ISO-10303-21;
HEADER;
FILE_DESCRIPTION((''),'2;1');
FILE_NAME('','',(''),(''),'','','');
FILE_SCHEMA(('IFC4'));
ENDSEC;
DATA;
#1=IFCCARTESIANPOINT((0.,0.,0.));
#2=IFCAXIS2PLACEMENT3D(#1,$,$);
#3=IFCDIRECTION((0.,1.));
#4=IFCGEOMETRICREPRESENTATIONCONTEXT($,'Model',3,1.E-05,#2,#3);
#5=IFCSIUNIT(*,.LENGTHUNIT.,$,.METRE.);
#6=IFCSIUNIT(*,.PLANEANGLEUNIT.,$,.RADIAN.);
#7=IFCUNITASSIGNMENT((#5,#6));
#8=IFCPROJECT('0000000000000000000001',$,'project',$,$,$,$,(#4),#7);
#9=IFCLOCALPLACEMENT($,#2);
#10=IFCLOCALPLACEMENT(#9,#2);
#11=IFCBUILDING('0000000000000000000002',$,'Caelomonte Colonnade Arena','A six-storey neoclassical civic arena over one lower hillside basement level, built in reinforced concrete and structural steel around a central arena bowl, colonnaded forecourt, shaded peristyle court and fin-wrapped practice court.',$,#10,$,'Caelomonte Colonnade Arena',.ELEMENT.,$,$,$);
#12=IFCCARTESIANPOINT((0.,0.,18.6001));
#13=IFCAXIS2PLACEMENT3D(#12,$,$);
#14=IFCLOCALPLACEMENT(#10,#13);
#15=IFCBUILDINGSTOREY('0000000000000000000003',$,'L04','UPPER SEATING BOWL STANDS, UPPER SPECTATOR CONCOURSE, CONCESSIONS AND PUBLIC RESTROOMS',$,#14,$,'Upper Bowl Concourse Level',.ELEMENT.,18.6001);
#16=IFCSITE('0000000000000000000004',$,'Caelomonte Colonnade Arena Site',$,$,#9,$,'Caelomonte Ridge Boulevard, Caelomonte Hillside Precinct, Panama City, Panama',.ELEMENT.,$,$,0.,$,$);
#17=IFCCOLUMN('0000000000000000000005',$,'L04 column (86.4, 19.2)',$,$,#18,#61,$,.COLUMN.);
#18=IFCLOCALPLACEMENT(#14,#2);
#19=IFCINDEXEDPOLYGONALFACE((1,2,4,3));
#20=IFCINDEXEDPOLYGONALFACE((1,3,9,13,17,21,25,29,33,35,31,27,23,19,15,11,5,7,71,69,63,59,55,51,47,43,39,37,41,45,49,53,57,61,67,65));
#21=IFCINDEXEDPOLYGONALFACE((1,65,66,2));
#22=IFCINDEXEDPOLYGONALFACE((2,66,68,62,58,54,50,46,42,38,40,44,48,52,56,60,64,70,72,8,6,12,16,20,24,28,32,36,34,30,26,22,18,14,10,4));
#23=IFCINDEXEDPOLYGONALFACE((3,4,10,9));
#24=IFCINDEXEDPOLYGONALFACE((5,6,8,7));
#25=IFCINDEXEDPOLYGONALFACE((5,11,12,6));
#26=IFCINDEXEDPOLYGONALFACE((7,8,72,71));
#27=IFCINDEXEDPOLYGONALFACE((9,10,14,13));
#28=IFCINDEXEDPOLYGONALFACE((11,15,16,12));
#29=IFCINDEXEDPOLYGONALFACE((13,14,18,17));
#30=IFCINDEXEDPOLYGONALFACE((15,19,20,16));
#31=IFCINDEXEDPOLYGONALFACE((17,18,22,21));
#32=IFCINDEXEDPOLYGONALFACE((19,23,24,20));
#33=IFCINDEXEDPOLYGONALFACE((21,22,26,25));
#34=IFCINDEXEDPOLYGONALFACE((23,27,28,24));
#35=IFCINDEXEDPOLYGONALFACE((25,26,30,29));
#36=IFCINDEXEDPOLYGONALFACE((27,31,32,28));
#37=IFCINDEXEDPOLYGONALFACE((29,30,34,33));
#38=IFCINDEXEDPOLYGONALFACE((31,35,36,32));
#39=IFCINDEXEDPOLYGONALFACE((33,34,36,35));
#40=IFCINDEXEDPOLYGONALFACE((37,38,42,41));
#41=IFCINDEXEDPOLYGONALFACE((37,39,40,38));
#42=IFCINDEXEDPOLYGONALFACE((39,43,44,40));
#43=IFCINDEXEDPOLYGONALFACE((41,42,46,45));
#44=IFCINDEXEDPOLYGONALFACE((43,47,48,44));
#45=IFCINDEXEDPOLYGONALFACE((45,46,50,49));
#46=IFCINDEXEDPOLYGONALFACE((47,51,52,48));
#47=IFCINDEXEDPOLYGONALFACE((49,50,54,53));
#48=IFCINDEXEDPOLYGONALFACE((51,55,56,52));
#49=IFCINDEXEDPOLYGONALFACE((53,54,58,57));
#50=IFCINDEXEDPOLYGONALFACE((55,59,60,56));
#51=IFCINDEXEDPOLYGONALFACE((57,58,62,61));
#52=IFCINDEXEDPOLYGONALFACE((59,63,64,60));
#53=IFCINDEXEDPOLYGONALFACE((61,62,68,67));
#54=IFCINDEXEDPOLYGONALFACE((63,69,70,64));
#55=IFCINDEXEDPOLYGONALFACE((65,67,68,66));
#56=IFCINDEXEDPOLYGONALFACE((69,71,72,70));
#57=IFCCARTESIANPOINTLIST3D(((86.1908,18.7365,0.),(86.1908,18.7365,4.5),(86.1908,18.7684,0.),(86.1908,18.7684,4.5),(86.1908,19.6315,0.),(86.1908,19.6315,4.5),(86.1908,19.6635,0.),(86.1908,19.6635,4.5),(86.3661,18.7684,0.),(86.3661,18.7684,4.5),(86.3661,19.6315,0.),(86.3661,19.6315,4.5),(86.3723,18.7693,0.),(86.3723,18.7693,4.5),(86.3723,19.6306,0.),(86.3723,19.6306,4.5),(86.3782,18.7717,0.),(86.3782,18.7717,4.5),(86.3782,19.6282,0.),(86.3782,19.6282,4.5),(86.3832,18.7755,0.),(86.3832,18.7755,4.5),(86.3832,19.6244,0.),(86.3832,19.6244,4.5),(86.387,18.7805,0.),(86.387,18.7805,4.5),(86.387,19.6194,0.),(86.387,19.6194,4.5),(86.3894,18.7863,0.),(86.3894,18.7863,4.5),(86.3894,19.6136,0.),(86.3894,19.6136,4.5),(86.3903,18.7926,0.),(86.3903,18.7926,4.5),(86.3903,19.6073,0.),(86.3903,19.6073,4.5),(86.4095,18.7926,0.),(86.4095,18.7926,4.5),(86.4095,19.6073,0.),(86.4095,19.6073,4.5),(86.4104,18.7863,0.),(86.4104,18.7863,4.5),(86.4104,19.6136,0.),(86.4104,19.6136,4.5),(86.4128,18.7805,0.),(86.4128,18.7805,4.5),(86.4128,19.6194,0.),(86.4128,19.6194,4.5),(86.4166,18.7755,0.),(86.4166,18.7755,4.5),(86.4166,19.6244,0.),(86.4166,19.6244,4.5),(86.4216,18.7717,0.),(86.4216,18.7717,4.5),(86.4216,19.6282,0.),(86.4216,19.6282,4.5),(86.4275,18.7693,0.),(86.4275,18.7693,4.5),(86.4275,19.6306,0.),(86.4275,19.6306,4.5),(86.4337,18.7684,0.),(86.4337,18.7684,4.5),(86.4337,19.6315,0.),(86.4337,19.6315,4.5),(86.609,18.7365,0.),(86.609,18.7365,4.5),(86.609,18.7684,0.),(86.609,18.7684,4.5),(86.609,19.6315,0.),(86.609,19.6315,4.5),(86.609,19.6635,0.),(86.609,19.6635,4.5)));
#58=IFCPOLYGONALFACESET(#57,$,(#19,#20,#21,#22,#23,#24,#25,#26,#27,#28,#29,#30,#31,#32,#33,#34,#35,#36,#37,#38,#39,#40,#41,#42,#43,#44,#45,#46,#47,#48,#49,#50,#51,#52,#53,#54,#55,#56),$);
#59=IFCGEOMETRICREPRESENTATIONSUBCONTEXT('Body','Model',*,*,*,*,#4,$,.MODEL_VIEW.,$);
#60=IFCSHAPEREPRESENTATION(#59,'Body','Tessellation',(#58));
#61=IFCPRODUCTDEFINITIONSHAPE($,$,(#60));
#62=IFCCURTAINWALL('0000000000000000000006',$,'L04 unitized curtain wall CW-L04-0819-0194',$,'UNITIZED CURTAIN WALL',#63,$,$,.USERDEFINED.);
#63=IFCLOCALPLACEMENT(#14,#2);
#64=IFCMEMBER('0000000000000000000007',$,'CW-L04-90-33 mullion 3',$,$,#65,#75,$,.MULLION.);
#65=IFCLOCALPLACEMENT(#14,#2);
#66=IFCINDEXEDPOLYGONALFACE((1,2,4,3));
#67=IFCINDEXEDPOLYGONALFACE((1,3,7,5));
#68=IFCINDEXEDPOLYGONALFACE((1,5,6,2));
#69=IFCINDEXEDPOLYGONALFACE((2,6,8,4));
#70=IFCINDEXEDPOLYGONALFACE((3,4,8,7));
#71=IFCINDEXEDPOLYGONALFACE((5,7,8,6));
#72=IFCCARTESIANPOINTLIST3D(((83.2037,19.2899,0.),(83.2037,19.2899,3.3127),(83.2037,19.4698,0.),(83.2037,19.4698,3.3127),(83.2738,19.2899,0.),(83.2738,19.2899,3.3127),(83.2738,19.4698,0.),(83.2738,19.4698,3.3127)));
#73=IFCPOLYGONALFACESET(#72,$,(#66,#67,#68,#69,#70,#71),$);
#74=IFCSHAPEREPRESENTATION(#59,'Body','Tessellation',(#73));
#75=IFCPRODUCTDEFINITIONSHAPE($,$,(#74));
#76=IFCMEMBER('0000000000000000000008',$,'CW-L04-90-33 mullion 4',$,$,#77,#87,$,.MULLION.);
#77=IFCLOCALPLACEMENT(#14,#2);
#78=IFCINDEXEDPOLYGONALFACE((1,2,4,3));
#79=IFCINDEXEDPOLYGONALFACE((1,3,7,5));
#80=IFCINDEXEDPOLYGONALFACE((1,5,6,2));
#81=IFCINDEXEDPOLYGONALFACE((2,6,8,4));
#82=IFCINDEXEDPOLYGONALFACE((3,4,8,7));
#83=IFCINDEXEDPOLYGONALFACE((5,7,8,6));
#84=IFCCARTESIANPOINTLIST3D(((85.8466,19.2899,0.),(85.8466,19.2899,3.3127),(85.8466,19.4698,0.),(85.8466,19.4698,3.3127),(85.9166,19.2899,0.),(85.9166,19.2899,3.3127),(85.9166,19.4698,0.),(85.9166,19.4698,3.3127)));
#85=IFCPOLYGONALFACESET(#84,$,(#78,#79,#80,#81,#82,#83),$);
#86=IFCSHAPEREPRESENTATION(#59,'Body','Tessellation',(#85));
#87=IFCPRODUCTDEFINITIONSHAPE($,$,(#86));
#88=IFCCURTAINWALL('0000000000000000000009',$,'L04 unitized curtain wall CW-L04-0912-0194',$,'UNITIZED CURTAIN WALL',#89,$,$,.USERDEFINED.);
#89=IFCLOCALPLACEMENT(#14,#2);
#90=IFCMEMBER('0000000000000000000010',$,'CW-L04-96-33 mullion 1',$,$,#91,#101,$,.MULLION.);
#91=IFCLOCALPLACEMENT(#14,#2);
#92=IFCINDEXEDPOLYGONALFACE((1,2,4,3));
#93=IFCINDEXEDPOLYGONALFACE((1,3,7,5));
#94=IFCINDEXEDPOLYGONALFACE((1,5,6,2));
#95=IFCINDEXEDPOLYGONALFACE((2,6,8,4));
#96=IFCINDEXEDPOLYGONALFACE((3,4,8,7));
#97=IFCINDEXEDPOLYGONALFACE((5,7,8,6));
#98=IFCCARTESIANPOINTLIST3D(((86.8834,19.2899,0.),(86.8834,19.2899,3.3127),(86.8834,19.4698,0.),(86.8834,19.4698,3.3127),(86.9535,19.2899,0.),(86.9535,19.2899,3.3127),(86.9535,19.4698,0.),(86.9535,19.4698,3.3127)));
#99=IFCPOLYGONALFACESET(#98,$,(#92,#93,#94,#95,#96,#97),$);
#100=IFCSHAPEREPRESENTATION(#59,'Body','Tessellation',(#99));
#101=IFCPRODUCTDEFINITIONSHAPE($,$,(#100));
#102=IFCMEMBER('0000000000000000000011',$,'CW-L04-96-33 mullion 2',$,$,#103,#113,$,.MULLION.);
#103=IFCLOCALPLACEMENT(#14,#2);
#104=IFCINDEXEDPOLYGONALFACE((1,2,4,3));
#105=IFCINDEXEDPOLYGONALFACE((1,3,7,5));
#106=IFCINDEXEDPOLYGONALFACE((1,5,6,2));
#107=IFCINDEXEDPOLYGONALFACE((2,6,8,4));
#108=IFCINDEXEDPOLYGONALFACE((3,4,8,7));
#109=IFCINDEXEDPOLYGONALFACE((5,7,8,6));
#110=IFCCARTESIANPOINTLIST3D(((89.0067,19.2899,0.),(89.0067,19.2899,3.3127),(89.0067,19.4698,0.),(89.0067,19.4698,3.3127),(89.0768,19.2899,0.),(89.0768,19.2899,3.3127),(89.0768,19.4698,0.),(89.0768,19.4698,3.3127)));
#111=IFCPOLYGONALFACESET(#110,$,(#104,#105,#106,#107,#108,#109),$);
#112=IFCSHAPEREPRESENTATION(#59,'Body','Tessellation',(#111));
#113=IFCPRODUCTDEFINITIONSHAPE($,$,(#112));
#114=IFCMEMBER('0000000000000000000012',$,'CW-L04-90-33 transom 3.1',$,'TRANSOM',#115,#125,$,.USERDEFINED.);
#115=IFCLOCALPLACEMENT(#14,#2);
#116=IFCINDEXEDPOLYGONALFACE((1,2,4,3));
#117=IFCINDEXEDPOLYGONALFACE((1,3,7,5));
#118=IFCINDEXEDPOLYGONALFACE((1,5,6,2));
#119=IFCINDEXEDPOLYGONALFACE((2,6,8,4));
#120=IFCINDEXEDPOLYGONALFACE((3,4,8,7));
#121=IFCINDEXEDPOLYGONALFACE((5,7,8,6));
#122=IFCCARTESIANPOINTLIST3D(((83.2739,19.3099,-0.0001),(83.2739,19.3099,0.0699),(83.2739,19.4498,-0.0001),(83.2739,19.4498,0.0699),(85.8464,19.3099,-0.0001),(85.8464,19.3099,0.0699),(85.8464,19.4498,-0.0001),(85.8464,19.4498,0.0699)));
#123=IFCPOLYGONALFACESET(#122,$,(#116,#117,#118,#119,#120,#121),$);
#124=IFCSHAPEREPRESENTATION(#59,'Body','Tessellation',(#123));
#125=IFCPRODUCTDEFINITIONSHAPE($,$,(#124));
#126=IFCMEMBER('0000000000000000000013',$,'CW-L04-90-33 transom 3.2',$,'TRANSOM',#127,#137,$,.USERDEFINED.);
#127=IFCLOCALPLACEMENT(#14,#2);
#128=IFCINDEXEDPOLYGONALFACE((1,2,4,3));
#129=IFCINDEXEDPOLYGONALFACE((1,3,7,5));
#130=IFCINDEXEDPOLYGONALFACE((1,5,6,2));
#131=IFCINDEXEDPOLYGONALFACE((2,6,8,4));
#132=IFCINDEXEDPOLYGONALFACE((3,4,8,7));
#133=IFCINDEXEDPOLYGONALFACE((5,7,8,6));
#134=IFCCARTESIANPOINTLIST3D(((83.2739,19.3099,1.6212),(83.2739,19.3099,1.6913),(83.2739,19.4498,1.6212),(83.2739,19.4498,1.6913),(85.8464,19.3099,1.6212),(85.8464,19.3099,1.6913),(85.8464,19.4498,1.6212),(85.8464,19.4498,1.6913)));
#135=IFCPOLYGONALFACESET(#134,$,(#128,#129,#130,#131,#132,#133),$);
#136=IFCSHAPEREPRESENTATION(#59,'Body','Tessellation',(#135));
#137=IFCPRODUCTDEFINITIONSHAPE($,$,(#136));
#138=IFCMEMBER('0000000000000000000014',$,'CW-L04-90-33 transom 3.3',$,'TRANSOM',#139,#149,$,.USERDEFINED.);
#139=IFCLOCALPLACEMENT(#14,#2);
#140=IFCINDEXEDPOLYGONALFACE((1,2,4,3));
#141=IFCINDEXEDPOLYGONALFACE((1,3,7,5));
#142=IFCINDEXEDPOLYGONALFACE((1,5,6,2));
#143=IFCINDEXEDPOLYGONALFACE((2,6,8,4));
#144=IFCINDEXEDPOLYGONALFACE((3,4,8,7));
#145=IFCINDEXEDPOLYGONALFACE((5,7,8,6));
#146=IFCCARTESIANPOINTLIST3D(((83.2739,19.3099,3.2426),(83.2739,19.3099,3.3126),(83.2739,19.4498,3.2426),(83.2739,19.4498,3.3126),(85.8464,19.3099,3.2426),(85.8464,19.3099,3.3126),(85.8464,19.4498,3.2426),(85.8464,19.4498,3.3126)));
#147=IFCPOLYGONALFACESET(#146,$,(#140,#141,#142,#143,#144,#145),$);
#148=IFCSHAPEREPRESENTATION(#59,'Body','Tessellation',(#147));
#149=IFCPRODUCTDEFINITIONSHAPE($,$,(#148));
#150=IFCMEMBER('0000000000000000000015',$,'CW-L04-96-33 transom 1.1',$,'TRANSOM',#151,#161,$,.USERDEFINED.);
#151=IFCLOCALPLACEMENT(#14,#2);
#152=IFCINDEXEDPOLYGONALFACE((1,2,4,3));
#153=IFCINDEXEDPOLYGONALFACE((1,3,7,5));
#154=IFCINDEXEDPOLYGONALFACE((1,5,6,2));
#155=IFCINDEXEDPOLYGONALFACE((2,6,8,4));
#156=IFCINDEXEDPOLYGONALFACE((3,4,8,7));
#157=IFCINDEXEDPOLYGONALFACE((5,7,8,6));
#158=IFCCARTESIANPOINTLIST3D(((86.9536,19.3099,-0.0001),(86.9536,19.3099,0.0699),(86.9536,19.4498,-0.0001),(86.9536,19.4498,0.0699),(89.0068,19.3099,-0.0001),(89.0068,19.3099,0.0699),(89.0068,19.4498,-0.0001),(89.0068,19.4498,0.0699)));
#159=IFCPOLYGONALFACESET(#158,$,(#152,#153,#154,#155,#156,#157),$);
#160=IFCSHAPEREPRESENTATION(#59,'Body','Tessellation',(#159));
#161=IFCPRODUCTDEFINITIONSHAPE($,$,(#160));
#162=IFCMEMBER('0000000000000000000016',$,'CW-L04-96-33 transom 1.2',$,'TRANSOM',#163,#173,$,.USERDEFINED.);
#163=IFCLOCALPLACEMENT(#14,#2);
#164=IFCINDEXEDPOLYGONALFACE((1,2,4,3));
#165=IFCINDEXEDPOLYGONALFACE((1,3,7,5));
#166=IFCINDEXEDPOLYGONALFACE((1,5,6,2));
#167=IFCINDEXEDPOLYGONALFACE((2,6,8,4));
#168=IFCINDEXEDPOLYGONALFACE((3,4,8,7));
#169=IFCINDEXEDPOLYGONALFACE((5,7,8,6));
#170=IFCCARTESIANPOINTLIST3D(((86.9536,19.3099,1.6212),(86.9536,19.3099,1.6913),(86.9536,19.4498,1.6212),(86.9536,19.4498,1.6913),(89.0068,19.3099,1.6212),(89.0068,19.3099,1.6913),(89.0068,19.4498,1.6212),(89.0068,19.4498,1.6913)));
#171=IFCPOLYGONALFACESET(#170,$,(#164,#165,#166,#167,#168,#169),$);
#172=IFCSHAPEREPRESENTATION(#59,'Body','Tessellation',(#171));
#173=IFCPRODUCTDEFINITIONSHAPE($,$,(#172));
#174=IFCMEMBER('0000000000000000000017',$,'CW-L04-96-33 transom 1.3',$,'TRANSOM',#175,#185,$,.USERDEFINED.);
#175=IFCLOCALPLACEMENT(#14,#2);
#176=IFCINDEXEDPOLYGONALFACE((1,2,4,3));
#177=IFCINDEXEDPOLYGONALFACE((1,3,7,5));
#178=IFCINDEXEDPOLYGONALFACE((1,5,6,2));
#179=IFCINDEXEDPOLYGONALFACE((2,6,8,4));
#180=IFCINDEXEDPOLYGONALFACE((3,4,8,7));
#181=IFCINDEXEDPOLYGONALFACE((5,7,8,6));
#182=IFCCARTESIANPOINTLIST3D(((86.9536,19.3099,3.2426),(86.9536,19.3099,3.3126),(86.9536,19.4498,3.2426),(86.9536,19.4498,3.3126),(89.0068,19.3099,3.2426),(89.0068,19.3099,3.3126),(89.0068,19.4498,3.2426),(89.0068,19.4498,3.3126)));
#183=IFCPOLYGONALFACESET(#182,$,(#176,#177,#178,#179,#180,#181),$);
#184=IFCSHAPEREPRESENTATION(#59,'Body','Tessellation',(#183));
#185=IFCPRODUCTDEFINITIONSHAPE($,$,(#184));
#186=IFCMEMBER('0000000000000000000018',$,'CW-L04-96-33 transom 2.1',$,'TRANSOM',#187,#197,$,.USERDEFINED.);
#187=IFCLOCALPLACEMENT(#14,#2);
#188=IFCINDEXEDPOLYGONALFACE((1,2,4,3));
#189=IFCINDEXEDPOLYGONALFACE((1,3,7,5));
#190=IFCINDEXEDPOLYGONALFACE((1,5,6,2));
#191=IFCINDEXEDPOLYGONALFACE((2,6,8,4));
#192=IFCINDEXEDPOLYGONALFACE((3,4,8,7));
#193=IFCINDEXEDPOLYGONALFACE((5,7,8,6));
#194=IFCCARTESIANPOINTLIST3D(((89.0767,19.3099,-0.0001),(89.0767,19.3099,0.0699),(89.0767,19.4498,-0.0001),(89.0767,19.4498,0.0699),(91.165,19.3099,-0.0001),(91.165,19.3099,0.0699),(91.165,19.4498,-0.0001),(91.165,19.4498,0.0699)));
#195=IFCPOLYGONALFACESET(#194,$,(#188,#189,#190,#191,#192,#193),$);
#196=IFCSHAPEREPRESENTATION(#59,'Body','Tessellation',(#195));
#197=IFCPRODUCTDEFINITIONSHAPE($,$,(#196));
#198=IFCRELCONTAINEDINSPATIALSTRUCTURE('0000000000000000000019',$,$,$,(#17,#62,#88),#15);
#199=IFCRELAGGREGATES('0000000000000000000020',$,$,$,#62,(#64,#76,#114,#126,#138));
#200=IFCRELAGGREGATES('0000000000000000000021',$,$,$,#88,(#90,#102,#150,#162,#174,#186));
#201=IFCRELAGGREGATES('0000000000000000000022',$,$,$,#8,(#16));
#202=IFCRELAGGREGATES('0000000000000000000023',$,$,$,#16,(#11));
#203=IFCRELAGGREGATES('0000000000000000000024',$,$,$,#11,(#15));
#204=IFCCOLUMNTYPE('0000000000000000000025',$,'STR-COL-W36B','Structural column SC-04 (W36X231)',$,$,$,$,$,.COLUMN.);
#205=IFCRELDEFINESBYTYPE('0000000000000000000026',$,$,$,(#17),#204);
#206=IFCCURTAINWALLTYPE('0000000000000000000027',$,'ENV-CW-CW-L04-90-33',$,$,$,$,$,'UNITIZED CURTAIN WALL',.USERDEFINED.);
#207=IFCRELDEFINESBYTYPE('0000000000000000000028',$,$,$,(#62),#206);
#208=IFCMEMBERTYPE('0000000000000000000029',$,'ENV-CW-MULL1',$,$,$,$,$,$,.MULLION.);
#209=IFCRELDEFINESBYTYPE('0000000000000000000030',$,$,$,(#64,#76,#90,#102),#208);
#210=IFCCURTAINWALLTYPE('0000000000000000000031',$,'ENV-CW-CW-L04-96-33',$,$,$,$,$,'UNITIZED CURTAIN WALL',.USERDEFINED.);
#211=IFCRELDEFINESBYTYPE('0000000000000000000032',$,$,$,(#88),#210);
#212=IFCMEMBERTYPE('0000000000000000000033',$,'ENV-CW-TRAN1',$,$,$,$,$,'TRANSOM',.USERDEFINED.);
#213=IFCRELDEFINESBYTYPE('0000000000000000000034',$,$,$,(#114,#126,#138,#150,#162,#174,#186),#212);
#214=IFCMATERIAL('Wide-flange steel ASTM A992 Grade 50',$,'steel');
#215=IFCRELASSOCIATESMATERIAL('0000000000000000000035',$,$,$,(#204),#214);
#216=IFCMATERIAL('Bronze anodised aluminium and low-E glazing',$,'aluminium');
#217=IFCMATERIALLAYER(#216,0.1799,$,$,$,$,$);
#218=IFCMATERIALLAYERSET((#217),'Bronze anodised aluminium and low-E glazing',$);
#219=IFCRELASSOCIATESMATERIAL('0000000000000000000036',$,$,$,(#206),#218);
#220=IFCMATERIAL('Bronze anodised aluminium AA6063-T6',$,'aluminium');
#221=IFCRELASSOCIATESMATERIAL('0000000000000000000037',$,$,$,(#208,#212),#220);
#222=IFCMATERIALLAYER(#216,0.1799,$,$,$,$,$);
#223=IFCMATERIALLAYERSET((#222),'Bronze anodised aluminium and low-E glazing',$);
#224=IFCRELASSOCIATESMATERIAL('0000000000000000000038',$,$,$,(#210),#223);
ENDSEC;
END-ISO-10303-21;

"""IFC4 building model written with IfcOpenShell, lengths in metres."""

from ifc_helpers import new_model, si_unit, direction, frame, origin, origin_2d, place, context, subcontext, project, spatial, rectangle, i_section, extrude, material, layer, layer_set, material_profile, profile_set, type_object, element, aggregate, save


model = new_model("IFC4")

# Units and contexts
model_context = context("Model", 3, precision=1e-05, world=origin(), true_north=direction((0.0, 1.0)))
body_context = subcontext(model_context, "Body", "Model", "MODEL_VIEW")
ifc_project = project(units=[si_unit("LENGTHUNIT", "METRE"), si_unit("PLANEANGLEUNIT", "RADIAN")], contexts=[model_context])

# Site, building, storey
site_placement = place(None, origin())
site = spatial("IfcSite", under=ifc_project, at=site_placement, Name="Caelomonte Colonnade Arena Site", LongName="Caelomonte Ridge Boulevard, Caelomonte Hillside Precinct, Panama City, Panama", CompositionType="ELEMENT", RefElevation=0.0)
building_placement = place(site_placement, origin())
building = spatial("IfcBuilding", under=site, at=building_placement, Name="Caelomonte Colonnade Arena", Description="A six-storey neoclassical civic arena over one lower hillside basement level, built in reinforced concrete and structural steel around a central arena bowl, colonnaded forecourt, shaded peristyle court and fin-wrapped practice court.", LongName="Caelomonte Colonnade Arena", CompositionType="ELEMENT")
storey_placement = place(building_placement, frame((0.0, 0.0, 18.6001)))
storey = spatial("IfcBuildingStorey", under=building, at=storey_placement, Name="L04", Description="UPPER SEATING BOWL STANDS, UPPER SPECTATOR CONCOURSE, CONCESSIONS AND PUBLIC RESTROOMS", LongName="Upper Bowl Concourse Level", CompositionType="ELEMENT", Elevation=18.6001)

# Column
ifc_material_1 = material(Name="Wide-flange steel ASTM A992 Grade 50", Category="steel")
ifc_material_profile_1 = material_profile(ifc_material_1, i_section(OverallWidth=0.4182, OverallDepth=0.927, WebThickness=0.0193, FlangeThickness=0.032, FilletRadius=0.0242, at=origin_2d()), Name="W36X231")
ifc_profile_set_1 = profile_set([ifc_material_profile_1], Name="Wide-flange steel ASTM A992 Grade 50")
column_type = type_object("IfcColumnType", Name="STR-COL-W36B", Description="Structural column SC-04 (W36X231)", PredefinedType="COLUMN", material=ifc_profile_set_1)
column_placement = place(storey_placement, frame((86.3999, 19.2, 0.0), z_axis=(0.0, 0.0, 1.0), x_axis=(1.0, 0.0, 0.0)))
element("IfcColumn", 1, at=column_placement, inside=storey, type_object=column_type, Name="L04 column (86.4, 19.2)", PredefinedType="COLUMN", context=body_context, shape_type="SweptSolid", body=[
    extrude(i_section(OverallWidth=0.4182, OverallDepth=0.927, WebThickness=0.0193, FlangeThickness=0.032, FilletRadius=0.0242, at=origin_2d()), origin(), (0.0, 0.0, 1.0), 4.5),
])

# Curtain walls, members
ifc_material_2 = material(Name="Bronze anodised aluminium and low-E glazing", Category="aluminium")
ifc_layer_1 = layer(ifc_material_2, 0.1799)
ifc_layer_set_1 = layer_set([ifc_layer_1], Name="Bronze anodised aluminium and low-E glazing")
curtain_wall_type_1 = type_object("IfcCurtainWallType", Name="ENV-CW-CW-L04-90-33", ElementType="UNITIZED CURTAIN WALL", PredefinedType="USERDEFINED", material=ifc_layer_set_1)
curtain_wall_1_placement = place(storey_placement, origin())
curtain_wall_1 = element("IfcCurtainWall", 2, at=curtain_wall_1_placement, inside=storey, type_object=curtain_wall_type_1, Name="L04 unitized curtain wall CW-L04-0819-0194", ObjectType="UNITIZED CURTAIN WALL", PredefinedType="USERDEFINED")
ifc_material_3 = material(Name="Bronze anodised aluminium AA6063-T6", Category="aluminium")
ifc_material_profile_2 = material_profile(ifc_material_3, rectangle(XDim=0.0701, YDim=0.1799, at=origin_2d()), Name="CWM-70X180")
ifc_profile_set_2 = profile_set([ifc_material_profile_2], Name="Bronze anodised aluminium AA6063-T6")
member_type_1 = type_object("IfcMemberType", Name="ENV-CW-MULL1", PredefinedType="MULLION", material=ifc_profile_set_2)
member_1_placement = place(storey_placement, frame((83.2388, 19.3799, 0.0), z_axis=(0.0, 0.0, 1.0), x_axis=(1.0, 0.0, 0.0)))
member_1 = element("IfcMember", 3, at=member_1_placement, type_object=member_type_1, Name="CW-L04-90-33 mullion 3", PredefinedType="MULLION", context=body_context, shape_type="SweptSolid", body=[
    extrude(rectangle(XDim=0.0701, YDim=0.1799, at=origin_2d()), origin(), (0.0, 0.0, 1.0), 3.3127),
])
member_2_placement = place(storey_placement, frame((85.8816, 19.3799, 0.0), z_axis=(0.0, 0.0, 1.0), x_axis=(1.0, 0.0, 0.0)))
member_2 = element("IfcMember", 4, at=member_2_placement, type_object=member_type_1, Name="CW-L04-90-33 mullion 4", PredefinedType="MULLION", context=body_context, shape_type="SweptSolid", body=[
    extrude(rectangle(XDim=0.0701, YDim=0.1799, at=origin_2d()), origin(), (0.0, 0.0, 1.0), 3.3127),
])
ifc_layer_2 = layer(ifc_material_2, 0.1799)
ifc_layer_set_2 = layer_set([ifc_layer_2], Name="Bronze anodised aluminium and low-E glazing")
curtain_wall_type_2 = type_object("IfcCurtainWallType", Name="ENV-CW-CW-L04-96-33", ElementType="UNITIZED CURTAIN WALL", PredefinedType="USERDEFINED", material=ifc_layer_set_2)
curtain_wall_2_placement = place(storey_placement, origin())
curtain_wall_2 = element("IfcCurtainWall", 5, at=curtain_wall_2_placement, inside=storey, type_object=curtain_wall_type_2, Name="L04 unitized curtain wall CW-L04-0912-0194", ObjectType="UNITIZED CURTAIN WALL", PredefinedType="USERDEFINED")
member_3_placement = place(storey_placement, frame((86.9185, 19.3799, 0.0), z_axis=(0.0, 0.0, 1.0), x_axis=(1.0, 0.0, 0.0)))
member_3 = element("IfcMember", 6, at=member_3_placement, type_object=member_type_1, Name="CW-L04-96-33 mullion 1", PredefinedType="MULLION", context=body_context, shape_type="SweptSolid", body=[
    extrude(rectangle(XDim=0.0701, YDim=0.1799, at=origin_2d()), origin(), (0.0, 0.0, 1.0), 3.3127),
])
member_4_placement = place(storey_placement, frame((89.0417, 19.3799, 0.0), z_axis=(0.0, 0.0, 1.0), x_axis=(1.0, 0.0, 0.0)))
member_4 = element("IfcMember", 7, at=member_4_placement, type_object=member_type_1, Name="CW-L04-96-33 mullion 2", PredefinedType="MULLION", context=body_context, shape_type="SweptSolid", body=[
    extrude(rectangle(XDim=0.0701, YDim=0.1799, at=origin_2d()), origin(), (0.0, 0.0, 1.0), 3.3127),
])

# Members
ifc_material_profile_3 = material_profile(ifc_material_3, rectangle(XDim=0.0701, YDim=0.1399, at=origin_2d()), Name="CWT-70X140")
ifc_profile_set_3 = profile_set([ifc_material_profile_3], Name="Bronze anodised aluminium AA6063-T6")
member_type_2 = type_object("IfcMemberType", Name="ENV-CW-TRAN1", ElementType="TRANSOM", PredefinedType="USERDEFINED", material=ifc_profile_set_3)
member_5_placement = place(storey_placement, frame((83.2739, 19.3799, 0.0349), z_axis=(1.0, 0.0, 0.0), x_axis=(0.0, 0.0, 1.0)))
member_5 = element("IfcMember", 8, at=member_5_placement, type_object=member_type_2, Name="CW-L04-90-33 transom 3.1", ObjectType="TRANSOM", PredefinedType="USERDEFINED", context=body_context, shape_type="SweptSolid", body=[
    extrude(rectangle(XDim=0.0701, YDim=0.1399, at=origin_2d()), origin(), (0.0, 0.0, 1.0), 2.5725),
])
member_6_placement = place(storey_placement, frame((83.2739, 19.3799, 1.6562), z_axis=(1.0, 0.0, 0.0), x_axis=(0.0, 0.0, 1.0)))
member_6 = element("IfcMember", 9, at=member_6_placement, type_object=member_type_2, Name="CW-L04-90-33 transom 3.2", ObjectType="TRANSOM", PredefinedType="USERDEFINED", context=body_context, shape_type="SweptSolid", body=[
    extrude(rectangle(XDim=0.0701, YDim=0.1399, at=origin_2d()), origin(), (0.0, 0.0, 1.0), 2.5725),
])
member_7_placement = place(storey_placement, frame((83.2739, 19.3799, 3.2776), z_axis=(1.0, 0.0, 0.0), x_axis=(0.0, 0.0, 1.0)))
member_7 = element("IfcMember", 10, at=member_7_placement, type_object=member_type_2, Name="CW-L04-90-33 transom 3.3", ObjectType="TRANSOM", PredefinedType="USERDEFINED", context=body_context, shape_type="SweptSolid", body=[
    extrude(rectangle(XDim=0.0701, YDim=0.1399, at=origin_2d()), origin(), (0.0, 0.0, 1.0), 2.5725),
])
member_8_placement = place(storey_placement, frame((86.9536, 19.3799, 0.0349), z_axis=(1.0, 0.0, 0.0), x_axis=(0.0, 0.0, 1.0)))
member_8 = element("IfcMember", 11, at=member_8_placement, type_object=member_type_2, Name="CW-L04-96-33 transom 1.1", ObjectType="TRANSOM", PredefinedType="USERDEFINED", context=body_context, shape_type="SweptSolid", body=[
    extrude(rectangle(XDim=0.0701, YDim=0.1399, at=origin_2d()), origin(), (0.0, 0.0, 1.0), 2.0532),
])
member_9_placement = place(storey_placement, frame((86.9536, 19.3799, 1.6562), z_axis=(1.0, 0.0, 0.0), x_axis=(0.0, 0.0, 1.0)))
member_9 = element("IfcMember", 12, at=member_9_placement, type_object=member_type_2, Name="CW-L04-96-33 transom 1.2", ObjectType="TRANSOM", PredefinedType="USERDEFINED", context=body_context, shape_type="SweptSolid", body=[
    extrude(rectangle(XDim=0.0701, YDim=0.1399, at=origin_2d()), origin(), (0.0, 0.0, 1.0), 2.0532),
])
member_10_placement = place(storey_placement, frame((86.9536, 19.3799, 3.2776), z_axis=(1.0, 0.0, 0.0), x_axis=(0.0, 0.0, 1.0)))
member_10 = element("IfcMember", 13, at=member_10_placement, type_object=member_type_2, Name="CW-L04-96-33 transom 1.3", ObjectType="TRANSOM", PredefinedType="USERDEFINED", context=body_context, shape_type="SweptSolid", body=[
    extrude(rectangle(XDim=0.0701, YDim=0.1399, at=origin_2d()), origin(), (0.0, 0.0, 1.0), 2.0532),
])
member_11_placement = place(storey_placement, frame((89.0767, 19.3799, 0.0349), z_axis=(1.0, 0.0, 0.0), x_axis=(0.0, 0.0, 1.0)))
member_11 = element("IfcMember", 14, at=member_11_placement, type_object=member_type_2, Name="CW-L04-96-33 transom 2.1", ObjectType="TRANSOM", PredefinedType="USERDEFINED", context=body_context, shape_type="SweptSolid", body=[
    extrude(rectangle(XDim=0.0701, YDim=0.1399, at=origin_2d()), origin(), (0.0, 0.0, 1.0), 2.0884),
])

aggregate(curtain_wall_1, [member_1, member_2, member_5, member_6, member_7])
aggregate(curtain_wall_2, [member_3, member_4, member_8, member_9, member_10, member_11])

save(model, "model.ifc")
